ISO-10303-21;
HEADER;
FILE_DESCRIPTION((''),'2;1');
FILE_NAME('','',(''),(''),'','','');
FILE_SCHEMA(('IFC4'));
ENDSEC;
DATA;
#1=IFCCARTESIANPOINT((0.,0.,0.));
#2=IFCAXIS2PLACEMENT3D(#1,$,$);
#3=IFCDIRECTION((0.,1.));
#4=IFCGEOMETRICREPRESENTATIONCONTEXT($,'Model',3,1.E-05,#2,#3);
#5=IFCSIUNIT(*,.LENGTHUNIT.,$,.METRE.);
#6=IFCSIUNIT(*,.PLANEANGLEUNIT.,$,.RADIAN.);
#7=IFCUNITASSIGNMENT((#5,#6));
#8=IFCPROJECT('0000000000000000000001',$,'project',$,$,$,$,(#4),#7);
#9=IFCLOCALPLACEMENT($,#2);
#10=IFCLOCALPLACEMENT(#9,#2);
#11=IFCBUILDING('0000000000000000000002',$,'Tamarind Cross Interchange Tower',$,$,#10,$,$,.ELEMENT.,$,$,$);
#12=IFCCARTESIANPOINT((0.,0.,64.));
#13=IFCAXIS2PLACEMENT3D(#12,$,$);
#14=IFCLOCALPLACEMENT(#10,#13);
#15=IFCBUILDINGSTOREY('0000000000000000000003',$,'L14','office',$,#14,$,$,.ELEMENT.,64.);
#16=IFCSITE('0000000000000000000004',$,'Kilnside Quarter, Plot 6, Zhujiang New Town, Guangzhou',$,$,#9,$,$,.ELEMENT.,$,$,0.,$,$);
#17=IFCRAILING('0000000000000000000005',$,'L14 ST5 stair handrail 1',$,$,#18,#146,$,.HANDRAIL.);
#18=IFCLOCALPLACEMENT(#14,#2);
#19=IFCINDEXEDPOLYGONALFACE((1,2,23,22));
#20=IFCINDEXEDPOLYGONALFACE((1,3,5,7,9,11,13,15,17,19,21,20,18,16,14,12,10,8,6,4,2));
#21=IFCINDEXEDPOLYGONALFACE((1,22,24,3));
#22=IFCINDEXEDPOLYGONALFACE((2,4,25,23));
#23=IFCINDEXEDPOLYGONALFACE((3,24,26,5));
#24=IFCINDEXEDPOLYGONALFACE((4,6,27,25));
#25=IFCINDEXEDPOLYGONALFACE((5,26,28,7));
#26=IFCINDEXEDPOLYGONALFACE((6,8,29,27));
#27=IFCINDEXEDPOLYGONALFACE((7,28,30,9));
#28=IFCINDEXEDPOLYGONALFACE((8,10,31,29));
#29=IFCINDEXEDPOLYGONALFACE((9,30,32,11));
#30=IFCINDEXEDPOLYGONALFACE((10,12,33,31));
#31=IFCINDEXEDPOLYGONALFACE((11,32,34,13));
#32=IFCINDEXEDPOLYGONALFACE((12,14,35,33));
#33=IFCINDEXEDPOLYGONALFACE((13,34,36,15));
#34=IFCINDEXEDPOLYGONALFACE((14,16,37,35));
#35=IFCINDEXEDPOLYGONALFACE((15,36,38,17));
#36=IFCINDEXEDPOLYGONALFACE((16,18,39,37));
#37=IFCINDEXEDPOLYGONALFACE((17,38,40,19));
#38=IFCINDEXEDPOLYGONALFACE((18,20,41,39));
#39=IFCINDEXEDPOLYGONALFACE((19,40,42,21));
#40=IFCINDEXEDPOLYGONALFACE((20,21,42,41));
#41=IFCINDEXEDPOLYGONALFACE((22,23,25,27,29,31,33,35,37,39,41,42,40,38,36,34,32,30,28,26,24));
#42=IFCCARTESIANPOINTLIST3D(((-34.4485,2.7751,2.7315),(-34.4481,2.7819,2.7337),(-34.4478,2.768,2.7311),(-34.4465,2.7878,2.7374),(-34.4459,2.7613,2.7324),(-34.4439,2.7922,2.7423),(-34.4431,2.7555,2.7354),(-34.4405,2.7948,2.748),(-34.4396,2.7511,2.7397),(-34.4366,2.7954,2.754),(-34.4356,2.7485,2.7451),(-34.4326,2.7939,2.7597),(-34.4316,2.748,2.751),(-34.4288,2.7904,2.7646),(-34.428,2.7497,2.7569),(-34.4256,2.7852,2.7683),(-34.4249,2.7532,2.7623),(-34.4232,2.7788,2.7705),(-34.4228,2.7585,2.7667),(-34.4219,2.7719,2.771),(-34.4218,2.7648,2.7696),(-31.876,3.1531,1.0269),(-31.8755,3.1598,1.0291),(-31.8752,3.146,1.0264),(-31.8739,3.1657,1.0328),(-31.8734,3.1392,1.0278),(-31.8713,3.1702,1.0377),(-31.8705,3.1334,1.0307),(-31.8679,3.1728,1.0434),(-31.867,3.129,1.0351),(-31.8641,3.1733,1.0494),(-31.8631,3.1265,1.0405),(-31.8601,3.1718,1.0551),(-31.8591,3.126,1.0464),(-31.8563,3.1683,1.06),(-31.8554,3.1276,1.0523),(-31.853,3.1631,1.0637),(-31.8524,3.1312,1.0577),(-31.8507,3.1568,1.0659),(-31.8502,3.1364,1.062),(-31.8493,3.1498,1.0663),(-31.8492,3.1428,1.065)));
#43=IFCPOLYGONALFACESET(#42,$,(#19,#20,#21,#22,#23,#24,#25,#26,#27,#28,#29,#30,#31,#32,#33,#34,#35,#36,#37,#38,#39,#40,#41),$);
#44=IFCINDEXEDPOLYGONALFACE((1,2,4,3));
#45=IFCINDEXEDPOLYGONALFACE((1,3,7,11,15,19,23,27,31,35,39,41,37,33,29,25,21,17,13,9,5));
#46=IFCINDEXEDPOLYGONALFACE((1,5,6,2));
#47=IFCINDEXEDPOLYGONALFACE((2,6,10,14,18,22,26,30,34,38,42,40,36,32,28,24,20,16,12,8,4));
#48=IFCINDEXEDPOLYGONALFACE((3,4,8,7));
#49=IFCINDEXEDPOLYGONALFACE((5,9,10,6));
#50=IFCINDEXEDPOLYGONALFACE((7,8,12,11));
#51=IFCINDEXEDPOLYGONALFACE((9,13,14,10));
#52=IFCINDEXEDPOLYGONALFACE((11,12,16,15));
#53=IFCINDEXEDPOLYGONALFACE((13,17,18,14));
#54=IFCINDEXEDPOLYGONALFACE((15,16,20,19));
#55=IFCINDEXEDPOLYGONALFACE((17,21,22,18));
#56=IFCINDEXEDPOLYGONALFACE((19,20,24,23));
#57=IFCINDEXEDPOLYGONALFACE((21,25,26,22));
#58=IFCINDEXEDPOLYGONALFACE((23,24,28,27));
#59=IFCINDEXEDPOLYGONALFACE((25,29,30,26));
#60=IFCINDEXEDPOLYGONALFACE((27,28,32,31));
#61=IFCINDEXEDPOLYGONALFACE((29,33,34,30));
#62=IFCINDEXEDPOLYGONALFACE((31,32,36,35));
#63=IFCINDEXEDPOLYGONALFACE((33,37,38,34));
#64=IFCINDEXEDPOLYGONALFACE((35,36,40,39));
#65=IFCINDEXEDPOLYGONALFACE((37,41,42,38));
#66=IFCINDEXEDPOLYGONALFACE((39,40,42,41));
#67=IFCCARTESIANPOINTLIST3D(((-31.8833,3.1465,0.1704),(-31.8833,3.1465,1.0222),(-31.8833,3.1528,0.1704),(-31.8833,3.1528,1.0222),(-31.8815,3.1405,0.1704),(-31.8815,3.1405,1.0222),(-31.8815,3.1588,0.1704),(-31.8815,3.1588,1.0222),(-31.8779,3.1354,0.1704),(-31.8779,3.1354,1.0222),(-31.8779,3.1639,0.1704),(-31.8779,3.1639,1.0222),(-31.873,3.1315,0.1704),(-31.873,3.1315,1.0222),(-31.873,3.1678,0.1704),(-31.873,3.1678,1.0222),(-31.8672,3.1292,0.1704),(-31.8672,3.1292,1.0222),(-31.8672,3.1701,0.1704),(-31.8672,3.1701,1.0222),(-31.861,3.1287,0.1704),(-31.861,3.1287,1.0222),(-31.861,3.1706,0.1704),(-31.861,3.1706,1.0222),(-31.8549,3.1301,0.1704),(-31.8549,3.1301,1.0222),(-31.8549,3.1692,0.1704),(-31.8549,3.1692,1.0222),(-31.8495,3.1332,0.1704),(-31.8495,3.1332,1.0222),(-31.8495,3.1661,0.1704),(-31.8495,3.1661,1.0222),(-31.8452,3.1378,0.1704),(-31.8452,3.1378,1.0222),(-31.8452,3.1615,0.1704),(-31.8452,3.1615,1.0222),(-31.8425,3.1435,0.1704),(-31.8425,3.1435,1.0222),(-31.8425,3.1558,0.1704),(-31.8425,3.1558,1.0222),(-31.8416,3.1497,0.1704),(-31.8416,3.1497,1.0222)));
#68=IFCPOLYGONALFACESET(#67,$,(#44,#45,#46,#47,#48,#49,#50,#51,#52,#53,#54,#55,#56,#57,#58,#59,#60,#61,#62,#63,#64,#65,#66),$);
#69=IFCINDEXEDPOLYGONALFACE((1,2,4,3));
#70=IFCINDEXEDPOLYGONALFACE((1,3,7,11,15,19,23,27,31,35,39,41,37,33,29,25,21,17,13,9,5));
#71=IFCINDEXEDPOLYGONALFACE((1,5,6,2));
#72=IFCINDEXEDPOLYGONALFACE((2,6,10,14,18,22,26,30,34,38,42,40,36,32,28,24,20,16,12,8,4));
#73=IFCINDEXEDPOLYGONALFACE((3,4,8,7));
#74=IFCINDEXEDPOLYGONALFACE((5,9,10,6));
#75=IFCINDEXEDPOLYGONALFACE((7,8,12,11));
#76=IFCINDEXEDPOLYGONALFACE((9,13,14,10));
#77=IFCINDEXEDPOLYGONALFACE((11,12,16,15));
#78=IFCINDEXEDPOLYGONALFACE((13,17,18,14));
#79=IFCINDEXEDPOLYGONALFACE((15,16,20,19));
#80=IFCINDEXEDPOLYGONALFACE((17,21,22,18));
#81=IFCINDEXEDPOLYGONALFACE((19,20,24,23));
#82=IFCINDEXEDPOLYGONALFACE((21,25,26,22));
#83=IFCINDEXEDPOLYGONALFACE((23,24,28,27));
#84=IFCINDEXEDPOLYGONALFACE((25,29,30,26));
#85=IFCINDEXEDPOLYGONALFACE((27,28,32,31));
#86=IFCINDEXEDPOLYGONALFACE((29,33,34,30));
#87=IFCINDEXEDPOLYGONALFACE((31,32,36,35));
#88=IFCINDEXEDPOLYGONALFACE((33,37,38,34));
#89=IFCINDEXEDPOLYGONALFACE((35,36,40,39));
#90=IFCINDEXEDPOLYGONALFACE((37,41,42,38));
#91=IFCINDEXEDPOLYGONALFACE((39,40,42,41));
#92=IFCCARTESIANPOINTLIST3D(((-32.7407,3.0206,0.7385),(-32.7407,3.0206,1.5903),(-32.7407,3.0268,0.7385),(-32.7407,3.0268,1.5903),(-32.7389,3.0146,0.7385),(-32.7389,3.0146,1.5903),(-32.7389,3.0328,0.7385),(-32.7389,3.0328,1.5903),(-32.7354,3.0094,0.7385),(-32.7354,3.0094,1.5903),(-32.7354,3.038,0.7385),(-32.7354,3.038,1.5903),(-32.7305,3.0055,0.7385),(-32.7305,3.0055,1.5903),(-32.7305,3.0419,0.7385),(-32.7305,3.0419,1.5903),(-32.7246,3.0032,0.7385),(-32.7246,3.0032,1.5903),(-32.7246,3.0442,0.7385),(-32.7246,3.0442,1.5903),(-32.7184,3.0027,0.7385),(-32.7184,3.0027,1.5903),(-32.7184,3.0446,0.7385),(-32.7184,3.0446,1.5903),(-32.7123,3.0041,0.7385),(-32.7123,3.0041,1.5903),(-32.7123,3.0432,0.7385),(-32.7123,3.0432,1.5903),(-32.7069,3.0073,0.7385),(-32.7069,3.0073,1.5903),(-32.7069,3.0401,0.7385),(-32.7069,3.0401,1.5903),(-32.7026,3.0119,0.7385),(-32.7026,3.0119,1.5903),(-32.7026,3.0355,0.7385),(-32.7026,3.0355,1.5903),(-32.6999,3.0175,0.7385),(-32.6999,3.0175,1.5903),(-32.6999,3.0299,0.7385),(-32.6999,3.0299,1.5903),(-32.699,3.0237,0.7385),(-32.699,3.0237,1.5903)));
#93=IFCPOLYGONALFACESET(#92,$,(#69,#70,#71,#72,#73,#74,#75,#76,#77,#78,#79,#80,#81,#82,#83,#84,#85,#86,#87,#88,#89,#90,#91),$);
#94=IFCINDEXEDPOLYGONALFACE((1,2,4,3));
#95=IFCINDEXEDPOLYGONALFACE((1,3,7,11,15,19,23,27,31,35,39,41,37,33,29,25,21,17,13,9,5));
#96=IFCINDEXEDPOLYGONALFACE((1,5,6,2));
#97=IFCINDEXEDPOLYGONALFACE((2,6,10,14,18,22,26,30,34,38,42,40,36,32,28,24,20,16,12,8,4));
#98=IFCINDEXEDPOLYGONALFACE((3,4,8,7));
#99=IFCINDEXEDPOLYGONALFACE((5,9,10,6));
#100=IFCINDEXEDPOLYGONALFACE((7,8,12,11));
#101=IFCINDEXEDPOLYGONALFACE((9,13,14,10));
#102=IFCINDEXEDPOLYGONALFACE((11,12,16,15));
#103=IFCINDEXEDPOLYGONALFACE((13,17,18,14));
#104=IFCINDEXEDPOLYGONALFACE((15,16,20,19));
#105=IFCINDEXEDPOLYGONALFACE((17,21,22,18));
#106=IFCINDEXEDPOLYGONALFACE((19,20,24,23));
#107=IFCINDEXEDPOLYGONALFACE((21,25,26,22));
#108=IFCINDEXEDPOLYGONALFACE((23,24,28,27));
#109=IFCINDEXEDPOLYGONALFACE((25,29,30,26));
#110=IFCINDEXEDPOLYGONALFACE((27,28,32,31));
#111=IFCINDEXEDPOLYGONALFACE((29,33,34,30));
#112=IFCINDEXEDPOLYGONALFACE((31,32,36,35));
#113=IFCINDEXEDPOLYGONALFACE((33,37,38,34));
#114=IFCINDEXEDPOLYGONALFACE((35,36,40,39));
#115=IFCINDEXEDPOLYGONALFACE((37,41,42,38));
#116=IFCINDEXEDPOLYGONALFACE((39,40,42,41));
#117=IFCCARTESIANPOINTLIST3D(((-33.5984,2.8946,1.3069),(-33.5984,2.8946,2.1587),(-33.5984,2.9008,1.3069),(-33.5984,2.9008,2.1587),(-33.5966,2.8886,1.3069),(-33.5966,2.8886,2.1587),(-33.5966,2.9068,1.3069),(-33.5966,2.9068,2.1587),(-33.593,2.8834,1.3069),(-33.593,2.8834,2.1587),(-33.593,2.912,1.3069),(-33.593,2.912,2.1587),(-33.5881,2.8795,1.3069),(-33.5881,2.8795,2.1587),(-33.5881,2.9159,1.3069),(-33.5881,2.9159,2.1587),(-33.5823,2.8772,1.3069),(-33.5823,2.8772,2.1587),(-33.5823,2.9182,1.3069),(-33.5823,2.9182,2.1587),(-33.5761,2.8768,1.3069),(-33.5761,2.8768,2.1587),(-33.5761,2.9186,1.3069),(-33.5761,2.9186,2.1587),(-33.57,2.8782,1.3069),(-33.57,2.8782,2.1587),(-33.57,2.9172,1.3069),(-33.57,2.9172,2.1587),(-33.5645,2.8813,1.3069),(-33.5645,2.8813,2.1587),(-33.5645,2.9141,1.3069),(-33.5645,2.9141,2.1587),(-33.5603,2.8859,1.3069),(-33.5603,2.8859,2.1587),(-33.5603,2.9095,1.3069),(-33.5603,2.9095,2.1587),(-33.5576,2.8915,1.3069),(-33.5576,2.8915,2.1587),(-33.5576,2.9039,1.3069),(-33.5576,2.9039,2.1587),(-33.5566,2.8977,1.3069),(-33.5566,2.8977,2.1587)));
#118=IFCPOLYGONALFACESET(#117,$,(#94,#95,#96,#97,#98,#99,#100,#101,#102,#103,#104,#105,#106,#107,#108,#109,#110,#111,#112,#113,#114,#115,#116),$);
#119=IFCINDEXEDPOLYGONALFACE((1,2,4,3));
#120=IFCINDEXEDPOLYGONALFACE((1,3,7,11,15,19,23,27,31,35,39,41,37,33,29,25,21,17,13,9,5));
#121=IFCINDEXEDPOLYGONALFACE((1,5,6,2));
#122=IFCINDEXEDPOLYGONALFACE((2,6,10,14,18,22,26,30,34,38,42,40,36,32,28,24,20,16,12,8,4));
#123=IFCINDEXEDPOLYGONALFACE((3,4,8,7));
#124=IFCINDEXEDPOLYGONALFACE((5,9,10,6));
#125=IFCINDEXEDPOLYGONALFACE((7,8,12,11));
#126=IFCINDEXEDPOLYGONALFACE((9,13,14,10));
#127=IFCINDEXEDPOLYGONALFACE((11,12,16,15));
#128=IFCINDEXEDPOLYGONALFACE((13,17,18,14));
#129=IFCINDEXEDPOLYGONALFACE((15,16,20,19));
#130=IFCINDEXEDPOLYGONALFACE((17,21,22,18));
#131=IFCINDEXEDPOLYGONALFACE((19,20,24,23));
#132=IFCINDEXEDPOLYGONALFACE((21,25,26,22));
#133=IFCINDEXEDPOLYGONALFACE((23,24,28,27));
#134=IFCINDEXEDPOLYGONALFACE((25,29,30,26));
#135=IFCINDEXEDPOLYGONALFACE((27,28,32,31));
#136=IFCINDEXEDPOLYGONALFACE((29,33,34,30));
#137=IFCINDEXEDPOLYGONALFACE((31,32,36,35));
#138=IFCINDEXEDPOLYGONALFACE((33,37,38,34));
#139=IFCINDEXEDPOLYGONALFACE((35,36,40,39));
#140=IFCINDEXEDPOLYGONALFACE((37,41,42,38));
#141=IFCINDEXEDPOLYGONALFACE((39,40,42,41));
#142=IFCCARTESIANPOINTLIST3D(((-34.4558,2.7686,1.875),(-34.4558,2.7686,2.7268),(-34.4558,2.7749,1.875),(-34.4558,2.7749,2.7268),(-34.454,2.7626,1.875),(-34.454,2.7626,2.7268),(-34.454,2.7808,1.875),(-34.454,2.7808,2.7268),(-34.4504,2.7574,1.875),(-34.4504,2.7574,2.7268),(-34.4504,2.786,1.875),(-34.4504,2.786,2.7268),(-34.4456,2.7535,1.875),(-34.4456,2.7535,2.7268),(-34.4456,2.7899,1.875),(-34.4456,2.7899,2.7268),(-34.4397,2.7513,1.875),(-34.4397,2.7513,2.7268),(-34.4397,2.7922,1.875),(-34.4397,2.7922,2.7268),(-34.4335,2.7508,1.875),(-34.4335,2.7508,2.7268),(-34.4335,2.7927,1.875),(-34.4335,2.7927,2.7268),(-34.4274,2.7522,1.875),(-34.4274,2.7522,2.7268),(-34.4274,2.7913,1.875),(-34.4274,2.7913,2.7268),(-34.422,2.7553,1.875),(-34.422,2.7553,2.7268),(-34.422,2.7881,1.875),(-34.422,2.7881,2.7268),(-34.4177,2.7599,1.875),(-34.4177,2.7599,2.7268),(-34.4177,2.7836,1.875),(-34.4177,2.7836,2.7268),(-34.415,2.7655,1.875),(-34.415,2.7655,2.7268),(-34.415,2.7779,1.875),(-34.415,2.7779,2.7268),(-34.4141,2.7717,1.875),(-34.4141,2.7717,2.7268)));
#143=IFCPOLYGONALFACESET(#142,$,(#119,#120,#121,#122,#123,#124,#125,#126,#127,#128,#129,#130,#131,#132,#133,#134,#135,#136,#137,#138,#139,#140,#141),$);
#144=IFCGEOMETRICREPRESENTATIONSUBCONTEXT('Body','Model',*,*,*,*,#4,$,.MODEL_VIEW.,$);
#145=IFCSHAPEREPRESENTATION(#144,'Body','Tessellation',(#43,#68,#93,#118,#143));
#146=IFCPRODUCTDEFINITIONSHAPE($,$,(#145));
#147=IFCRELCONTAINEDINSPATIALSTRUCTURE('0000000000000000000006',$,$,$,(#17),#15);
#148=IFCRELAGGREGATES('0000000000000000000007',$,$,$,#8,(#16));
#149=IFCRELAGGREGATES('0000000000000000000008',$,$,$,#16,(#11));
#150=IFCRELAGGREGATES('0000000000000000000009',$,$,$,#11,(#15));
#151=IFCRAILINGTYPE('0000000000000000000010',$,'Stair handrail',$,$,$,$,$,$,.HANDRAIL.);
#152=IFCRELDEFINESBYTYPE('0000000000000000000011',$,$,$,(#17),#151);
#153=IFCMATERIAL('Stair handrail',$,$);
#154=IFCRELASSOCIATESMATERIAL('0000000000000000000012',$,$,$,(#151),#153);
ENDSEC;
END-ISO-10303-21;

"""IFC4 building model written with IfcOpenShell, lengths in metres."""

from ifc_helpers import new_model, si_unit, direction, frame, origin, origin_2d, place, context, subcontext, project, spatial, circle, extrude, material, type_object, element, save


model = new_model("IFC4")

# Units and contexts
model_context = context("Model", 3, precision=1e-05, world=origin(), true_north=direction((0.0, 1.0)))
body_context = subcontext(model_context, "Body", "Model", "MODEL_VIEW")
ifc_project = project(units=[si_unit("LENGTHUNIT", "METRE"), si_unit("PLANEANGLEUNIT", "RADIAN")], contexts=[model_context])

# Site, building, storey
site_placement = place(None, origin())
site = spatial("IfcSite", under=ifc_project, at=site_placement, Name="Kilnside Quarter, Plot 6, Zhujiang New Town, Guangzhou", CompositionType="ELEMENT", RefElevation=0.0)
building_placement = place(site_placement, origin())
building = spatial("IfcBuilding", under=site, at=building_placement, Name="Tamarind Cross Interchange Tower", CompositionType="ELEMENT")
storey_placement = place(building_placement, frame((0.0, 0.0, 64.0)))
storey = spatial("IfcBuildingStorey", under=building, at=storey_placement, Name="L14", Description="office", CompositionType="ELEMENT", Elevation=64.0)

# Railing
ifc_material_1 = material(Name="Stair handrail")
railing_type_1 = type_object("IfcRailingType", Name="Stair handrail", PredefinedType="HANDRAIL", material=ifc_material_1)
railing_1_placement = place(storey_placement, frame((-31.8625, 3.1497, 0.1704)))
element("IfcRailing", 1, at=railing_1_placement, inside=storey, type_object=railing_type_1, Name="L14 ST5 stair handrail 1", PredefinedType="HANDRAIL", context=body_context, shape_type="SweptSolid", body=[
    extrude(circle(Radius=0.0239, at=origin_2d()), frame((0.0, 0.0, 0.876), z_axis=(-0.827423, -0.121557, 0.548265), x_axis=(0.145351, -0.98938, 0.0)), (0.0, 0.0, 1.0), 3.1091),
    extrude(circle(Radius=0.021, at=origin_2d()), origin(), (0.0, 0.0, 1.0), 0.8518),
    extrude(circle(Radius=0.021, at=origin_2d()), frame((-0.8574, -0.126, 0.5681)), (0.0, 0.0, 1.0), 0.8518),
    extrude(circle(Radius=0.021, at=origin_2d()), frame((-1.7151, -0.252, 1.1365)), (0.0, 0.0, 1.0), 0.8518),
    extrude(circle(Radius=0.021, at=origin_2d()), frame((-2.5725, -0.3779, 1.7046)), (0.0, 0.0, 1.0), 0.8518),
])

save(model, "model.ifc")
